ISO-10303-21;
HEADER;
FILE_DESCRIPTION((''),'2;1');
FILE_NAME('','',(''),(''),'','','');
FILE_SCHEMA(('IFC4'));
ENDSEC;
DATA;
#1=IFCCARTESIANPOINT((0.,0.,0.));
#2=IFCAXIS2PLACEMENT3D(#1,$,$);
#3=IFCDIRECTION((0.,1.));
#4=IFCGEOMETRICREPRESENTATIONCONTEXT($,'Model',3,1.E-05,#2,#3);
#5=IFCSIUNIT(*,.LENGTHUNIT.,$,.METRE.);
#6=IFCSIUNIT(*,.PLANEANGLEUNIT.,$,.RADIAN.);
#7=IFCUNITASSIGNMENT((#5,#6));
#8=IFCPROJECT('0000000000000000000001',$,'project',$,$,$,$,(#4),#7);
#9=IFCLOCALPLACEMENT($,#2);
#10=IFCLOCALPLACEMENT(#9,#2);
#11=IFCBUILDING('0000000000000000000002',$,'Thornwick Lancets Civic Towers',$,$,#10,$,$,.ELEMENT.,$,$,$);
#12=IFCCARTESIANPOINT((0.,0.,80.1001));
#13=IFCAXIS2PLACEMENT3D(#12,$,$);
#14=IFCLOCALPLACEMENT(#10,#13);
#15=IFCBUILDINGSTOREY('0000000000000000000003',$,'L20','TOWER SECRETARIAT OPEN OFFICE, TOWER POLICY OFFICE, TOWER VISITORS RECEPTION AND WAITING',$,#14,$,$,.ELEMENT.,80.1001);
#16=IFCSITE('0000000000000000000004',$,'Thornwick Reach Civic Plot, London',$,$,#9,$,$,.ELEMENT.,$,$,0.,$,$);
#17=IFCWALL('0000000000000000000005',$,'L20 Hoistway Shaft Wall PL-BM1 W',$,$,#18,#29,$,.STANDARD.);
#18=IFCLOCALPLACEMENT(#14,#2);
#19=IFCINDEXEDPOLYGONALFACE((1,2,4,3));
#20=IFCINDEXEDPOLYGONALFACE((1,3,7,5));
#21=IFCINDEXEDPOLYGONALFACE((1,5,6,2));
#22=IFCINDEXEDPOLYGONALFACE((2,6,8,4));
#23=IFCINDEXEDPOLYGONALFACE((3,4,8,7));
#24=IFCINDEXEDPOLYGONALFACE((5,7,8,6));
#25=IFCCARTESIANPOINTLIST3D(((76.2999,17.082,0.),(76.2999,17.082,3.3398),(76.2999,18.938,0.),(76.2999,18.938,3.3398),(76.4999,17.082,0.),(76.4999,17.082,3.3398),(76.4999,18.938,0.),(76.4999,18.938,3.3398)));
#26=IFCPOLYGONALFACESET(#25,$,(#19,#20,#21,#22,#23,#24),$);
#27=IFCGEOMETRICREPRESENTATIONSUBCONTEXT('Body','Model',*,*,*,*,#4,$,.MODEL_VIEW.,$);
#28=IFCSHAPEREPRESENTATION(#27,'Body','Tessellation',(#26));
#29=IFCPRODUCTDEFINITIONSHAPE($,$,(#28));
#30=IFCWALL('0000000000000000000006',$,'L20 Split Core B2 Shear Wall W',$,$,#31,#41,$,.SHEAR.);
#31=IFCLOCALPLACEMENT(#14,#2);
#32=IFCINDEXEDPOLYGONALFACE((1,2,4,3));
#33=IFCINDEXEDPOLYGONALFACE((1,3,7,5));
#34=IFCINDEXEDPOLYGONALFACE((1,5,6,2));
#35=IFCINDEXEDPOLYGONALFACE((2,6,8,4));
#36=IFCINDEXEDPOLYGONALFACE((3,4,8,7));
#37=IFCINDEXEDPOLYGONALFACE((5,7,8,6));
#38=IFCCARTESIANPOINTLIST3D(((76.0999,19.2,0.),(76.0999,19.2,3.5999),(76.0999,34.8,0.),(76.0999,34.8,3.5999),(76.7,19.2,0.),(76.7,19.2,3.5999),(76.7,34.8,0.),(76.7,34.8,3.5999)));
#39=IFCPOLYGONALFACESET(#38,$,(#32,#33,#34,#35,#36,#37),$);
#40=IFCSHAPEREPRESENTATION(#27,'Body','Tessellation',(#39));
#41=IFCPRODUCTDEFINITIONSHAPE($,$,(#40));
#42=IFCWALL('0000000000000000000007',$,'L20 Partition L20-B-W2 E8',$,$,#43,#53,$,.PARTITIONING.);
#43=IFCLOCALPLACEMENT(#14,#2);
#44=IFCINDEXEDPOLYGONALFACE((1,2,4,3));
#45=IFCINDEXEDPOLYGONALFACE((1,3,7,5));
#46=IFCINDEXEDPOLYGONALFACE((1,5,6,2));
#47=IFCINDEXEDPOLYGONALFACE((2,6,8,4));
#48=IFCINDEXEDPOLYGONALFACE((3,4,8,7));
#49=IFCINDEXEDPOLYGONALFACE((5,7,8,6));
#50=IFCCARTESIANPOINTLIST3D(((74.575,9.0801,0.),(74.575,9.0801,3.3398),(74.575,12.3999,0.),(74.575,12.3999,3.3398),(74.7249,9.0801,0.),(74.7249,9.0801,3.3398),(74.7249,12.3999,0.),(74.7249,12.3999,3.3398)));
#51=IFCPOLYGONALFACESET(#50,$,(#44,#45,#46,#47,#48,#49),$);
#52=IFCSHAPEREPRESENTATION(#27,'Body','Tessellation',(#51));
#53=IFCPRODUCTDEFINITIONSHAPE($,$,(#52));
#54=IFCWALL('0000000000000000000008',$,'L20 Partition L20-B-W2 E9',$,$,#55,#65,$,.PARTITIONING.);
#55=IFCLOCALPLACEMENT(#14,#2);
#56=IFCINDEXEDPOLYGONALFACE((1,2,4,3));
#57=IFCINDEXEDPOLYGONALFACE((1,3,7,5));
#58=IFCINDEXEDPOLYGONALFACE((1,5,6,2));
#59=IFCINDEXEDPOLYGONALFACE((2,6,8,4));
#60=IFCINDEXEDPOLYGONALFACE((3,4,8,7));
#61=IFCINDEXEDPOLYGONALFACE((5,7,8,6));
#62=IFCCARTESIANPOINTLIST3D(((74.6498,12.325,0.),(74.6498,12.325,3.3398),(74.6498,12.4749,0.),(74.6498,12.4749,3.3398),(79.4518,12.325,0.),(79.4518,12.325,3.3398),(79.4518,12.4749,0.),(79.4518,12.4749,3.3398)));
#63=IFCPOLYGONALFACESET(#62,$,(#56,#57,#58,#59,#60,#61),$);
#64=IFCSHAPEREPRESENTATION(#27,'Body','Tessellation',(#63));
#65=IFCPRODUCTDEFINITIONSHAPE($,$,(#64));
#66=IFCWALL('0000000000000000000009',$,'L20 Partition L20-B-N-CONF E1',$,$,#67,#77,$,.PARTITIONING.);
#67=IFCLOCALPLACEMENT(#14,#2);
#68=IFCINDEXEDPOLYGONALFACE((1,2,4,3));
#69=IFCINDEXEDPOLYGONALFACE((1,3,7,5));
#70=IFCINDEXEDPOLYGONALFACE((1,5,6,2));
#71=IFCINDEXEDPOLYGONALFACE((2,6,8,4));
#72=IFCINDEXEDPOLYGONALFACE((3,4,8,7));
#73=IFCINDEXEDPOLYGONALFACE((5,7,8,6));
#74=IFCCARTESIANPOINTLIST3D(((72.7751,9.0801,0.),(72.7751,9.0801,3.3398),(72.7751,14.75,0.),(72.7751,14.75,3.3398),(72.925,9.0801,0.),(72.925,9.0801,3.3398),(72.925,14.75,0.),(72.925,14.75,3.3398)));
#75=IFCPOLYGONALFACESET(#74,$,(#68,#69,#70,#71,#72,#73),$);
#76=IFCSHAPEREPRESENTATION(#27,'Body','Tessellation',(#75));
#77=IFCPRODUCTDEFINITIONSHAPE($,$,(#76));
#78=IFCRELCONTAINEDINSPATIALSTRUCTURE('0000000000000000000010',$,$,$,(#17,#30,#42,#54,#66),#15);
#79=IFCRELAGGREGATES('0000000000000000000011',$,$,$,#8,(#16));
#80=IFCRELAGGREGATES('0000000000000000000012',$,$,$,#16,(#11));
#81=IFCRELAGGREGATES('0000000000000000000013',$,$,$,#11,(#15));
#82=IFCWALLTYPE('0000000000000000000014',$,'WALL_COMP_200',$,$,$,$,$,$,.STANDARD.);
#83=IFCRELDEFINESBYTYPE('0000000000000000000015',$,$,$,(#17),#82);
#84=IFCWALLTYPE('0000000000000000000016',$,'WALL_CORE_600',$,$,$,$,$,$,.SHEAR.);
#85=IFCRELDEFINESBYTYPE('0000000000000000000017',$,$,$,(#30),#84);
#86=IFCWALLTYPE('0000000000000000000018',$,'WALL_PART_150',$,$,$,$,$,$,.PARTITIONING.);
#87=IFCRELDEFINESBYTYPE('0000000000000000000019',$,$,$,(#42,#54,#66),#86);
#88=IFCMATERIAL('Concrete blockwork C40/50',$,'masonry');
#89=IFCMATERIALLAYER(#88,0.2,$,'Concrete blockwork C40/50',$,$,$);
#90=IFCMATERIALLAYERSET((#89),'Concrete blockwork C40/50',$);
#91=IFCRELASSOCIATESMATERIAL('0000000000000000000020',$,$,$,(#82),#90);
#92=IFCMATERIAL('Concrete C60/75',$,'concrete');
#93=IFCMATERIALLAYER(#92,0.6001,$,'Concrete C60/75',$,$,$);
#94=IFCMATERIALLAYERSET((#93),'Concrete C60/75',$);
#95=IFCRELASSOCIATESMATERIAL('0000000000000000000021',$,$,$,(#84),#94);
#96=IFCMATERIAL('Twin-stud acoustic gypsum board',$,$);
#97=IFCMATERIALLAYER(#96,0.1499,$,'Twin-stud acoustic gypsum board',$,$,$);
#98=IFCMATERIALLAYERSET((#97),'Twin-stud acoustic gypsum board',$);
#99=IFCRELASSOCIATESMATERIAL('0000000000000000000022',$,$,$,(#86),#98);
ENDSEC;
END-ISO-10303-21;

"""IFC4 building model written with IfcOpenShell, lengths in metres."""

from ifc_helpers import new_model, si_unit, direction, frame, frame_2d, origin, place, context, subcontext, project, spatial, rectangle, extrude, material, layer, layer_set, type_object, element, save


model = new_model("IFC4")

# Units and contexts
model_context = context("Model", 3, precision=1e-05, world=origin(), true_north=direction((0.0, 1.0)))
body_context = subcontext(model_context, "Body", "Model", "MODEL_VIEW")
ifc_project = project(units=[si_unit("LENGTHUNIT", "METRE"), si_unit("PLANEANGLEUNIT", "RADIAN")], contexts=[model_context])

# Site, building, storey
site_placement = place(None, origin())
site = spatial("IfcSite", under=ifc_project, at=site_placement, Name="Thornwick Reach Civic Plot, London", CompositionType="ELEMENT", RefElevation=0.0)
building_placement = place(site_placement, origin())
building = spatial("IfcBuilding", under=site, at=building_placement, Name="Thornwick Lancets Civic Towers", CompositionType="ELEMENT")
storey_placement = place(building_placement, frame((0.0, 0.0, 80.1001)))
storey = spatial("IfcBuildingStorey", under=building, at=storey_placement, Name="L20", Description="TOWER SECRETARIAT OPEN OFFICE, TOWER POLICY OFFICE, TOWER VISITORS RECEPTION AND WAITING", CompositionType="ELEMENT", Elevation=80.1001)

# Shared definitions
ifc_material_1 = material(Name="Concrete C60/75", Category="concrete")

# Walls
ifc_material_2 = material(Name="Concrete blockwork C40/50", Category="masonry")
ifc_layer_1 = layer(ifc_material_2, 0.2, Name="Concrete blockwork C40/50")
ifc_layer_set_1 = layer_set([ifc_layer_1], Name="Concrete blockwork C40/50")
wall_type_1 = type_object("IfcWallType", Name="WALL_COMP_200", PredefinedType="STANDARD", material=ifc_layer_set_1)
wall_1_placement = place(storey_placement, frame((76.3999, 17.082, 0.0), z_axis=(0.0, 0.0, 1.0), x_axis=(0.0, 1.0, 0.0)))
element("IfcWall", 1, at=wall_1_placement, inside=storey, type_object=wall_type_1, Name="L20 Hoistway Shaft Wall PL-BM1 W", PredefinedType="STANDARD", context=body_context, shape_type="SweptSolid", body=[
    extrude(rectangle(XDim=1.856, YDim=0.2, at=frame_2d((0.928, 0.0))), origin(), (0.0, 0.0, 1.0), 3.3398),
])
ifc_layer_2 = layer(ifc_material_1, 0.6001, Name="Concrete C60/75")
ifc_layer_set_2 = layer_set([ifc_layer_2], Name="Concrete C60/75")
wall_type_2 = type_object("IfcWallType", Name="WALL_CORE_600", PredefinedType="SHEAR", material=ifc_layer_set_2)
wall_2_placement = place(storey_placement, frame((76.3999, 19.2, 0.0), z_axis=(0.0, 0.0, 1.0), x_axis=(0.0, 1.0, 0.0)))
element("IfcWall", 2, at=wall_2_placement, inside=storey, type_object=wall_type_2, Name="L20 Split Core B2 Shear Wall W", PredefinedType="SHEAR", context=body_context, shape_type="SweptSolid", body=[
    extrude(rectangle(XDim=15.6001, YDim=0.6001, at=frame_2d((7.8, 0.0))), origin(), (0.0, 0.0, 1.0), 3.5999),
])
ifc_material_3 = material(Name="Twin-stud acoustic gypsum board")
ifc_layer_3 = layer(ifc_material_3, 0.1499, Name="Twin-stud acoustic gypsum board")
ifc_layer_set_3 = layer_set([ifc_layer_3], Name="Twin-stud acoustic gypsum board")
wall_type_3 = type_object("IfcWallType", Name="WALL_PART_150", PredefinedType="PARTITIONING", material=ifc_layer_set_3)
wall_3_placement = place(storey_placement, frame((74.6499, 9.0801, 0.0), z_axis=(0.0, 0.0, 1.0), x_axis=(0.0, 1.0, 0.0)))
element("IfcWall", 3, at=wall_3_placement, inside=storey, type_object=wall_type_3, Name="L20 Partition L20-B-W2 E8", PredefinedType="PARTITIONING", context=body_context, shape_type="SweptSolid", body=[
    extrude(rectangle(XDim=3.3198, YDim=0.1499, at=frame_2d((1.6599, 0.0))), origin(), (0.0, 0.0, 1.0), 3.3398),
])
wall_4_placement = place(storey_placement, frame((74.6499, 12.3999, 0.0), z_axis=(0.0, 0.0, 1.0), x_axis=(1.0, 0.0, 0.0)))
element("IfcWall", 4, at=wall_4_placement, inside=storey, type_object=wall_type_3, Name="L20 Partition L20-B-W2 E9", PredefinedType="PARTITIONING", context=body_context, shape_type="SweptSolid", body=[
    extrude(rectangle(XDim=4.802, YDim=0.1499, at=frame_2d((2.4009, 0.0))), origin(), (0.0, 0.0, 1.0), 3.3398),
])
wall_5_placement = place(storey_placement, frame((72.8501, 14.75, 0.0), z_axis=(0.0, 0.0, 1.0), x_axis=(0.0, -1.0, 0.0)))
element("IfcWall", 5, at=wall_5_placement, inside=storey, type_object=wall_type_3, Name="L20 Partition L20-B-N-CONF E1", PredefinedType="PARTITIONING", context=body_context, shape_type="SweptSolid", body=[
    extrude(rectangle(XDim=5.6699, YDim=0.1499, at=frame_2d((2.835, 0.0))), origin(), (0.0, 0.0, 1.0), 3.3398),
])

save(model, "model.ifc")
